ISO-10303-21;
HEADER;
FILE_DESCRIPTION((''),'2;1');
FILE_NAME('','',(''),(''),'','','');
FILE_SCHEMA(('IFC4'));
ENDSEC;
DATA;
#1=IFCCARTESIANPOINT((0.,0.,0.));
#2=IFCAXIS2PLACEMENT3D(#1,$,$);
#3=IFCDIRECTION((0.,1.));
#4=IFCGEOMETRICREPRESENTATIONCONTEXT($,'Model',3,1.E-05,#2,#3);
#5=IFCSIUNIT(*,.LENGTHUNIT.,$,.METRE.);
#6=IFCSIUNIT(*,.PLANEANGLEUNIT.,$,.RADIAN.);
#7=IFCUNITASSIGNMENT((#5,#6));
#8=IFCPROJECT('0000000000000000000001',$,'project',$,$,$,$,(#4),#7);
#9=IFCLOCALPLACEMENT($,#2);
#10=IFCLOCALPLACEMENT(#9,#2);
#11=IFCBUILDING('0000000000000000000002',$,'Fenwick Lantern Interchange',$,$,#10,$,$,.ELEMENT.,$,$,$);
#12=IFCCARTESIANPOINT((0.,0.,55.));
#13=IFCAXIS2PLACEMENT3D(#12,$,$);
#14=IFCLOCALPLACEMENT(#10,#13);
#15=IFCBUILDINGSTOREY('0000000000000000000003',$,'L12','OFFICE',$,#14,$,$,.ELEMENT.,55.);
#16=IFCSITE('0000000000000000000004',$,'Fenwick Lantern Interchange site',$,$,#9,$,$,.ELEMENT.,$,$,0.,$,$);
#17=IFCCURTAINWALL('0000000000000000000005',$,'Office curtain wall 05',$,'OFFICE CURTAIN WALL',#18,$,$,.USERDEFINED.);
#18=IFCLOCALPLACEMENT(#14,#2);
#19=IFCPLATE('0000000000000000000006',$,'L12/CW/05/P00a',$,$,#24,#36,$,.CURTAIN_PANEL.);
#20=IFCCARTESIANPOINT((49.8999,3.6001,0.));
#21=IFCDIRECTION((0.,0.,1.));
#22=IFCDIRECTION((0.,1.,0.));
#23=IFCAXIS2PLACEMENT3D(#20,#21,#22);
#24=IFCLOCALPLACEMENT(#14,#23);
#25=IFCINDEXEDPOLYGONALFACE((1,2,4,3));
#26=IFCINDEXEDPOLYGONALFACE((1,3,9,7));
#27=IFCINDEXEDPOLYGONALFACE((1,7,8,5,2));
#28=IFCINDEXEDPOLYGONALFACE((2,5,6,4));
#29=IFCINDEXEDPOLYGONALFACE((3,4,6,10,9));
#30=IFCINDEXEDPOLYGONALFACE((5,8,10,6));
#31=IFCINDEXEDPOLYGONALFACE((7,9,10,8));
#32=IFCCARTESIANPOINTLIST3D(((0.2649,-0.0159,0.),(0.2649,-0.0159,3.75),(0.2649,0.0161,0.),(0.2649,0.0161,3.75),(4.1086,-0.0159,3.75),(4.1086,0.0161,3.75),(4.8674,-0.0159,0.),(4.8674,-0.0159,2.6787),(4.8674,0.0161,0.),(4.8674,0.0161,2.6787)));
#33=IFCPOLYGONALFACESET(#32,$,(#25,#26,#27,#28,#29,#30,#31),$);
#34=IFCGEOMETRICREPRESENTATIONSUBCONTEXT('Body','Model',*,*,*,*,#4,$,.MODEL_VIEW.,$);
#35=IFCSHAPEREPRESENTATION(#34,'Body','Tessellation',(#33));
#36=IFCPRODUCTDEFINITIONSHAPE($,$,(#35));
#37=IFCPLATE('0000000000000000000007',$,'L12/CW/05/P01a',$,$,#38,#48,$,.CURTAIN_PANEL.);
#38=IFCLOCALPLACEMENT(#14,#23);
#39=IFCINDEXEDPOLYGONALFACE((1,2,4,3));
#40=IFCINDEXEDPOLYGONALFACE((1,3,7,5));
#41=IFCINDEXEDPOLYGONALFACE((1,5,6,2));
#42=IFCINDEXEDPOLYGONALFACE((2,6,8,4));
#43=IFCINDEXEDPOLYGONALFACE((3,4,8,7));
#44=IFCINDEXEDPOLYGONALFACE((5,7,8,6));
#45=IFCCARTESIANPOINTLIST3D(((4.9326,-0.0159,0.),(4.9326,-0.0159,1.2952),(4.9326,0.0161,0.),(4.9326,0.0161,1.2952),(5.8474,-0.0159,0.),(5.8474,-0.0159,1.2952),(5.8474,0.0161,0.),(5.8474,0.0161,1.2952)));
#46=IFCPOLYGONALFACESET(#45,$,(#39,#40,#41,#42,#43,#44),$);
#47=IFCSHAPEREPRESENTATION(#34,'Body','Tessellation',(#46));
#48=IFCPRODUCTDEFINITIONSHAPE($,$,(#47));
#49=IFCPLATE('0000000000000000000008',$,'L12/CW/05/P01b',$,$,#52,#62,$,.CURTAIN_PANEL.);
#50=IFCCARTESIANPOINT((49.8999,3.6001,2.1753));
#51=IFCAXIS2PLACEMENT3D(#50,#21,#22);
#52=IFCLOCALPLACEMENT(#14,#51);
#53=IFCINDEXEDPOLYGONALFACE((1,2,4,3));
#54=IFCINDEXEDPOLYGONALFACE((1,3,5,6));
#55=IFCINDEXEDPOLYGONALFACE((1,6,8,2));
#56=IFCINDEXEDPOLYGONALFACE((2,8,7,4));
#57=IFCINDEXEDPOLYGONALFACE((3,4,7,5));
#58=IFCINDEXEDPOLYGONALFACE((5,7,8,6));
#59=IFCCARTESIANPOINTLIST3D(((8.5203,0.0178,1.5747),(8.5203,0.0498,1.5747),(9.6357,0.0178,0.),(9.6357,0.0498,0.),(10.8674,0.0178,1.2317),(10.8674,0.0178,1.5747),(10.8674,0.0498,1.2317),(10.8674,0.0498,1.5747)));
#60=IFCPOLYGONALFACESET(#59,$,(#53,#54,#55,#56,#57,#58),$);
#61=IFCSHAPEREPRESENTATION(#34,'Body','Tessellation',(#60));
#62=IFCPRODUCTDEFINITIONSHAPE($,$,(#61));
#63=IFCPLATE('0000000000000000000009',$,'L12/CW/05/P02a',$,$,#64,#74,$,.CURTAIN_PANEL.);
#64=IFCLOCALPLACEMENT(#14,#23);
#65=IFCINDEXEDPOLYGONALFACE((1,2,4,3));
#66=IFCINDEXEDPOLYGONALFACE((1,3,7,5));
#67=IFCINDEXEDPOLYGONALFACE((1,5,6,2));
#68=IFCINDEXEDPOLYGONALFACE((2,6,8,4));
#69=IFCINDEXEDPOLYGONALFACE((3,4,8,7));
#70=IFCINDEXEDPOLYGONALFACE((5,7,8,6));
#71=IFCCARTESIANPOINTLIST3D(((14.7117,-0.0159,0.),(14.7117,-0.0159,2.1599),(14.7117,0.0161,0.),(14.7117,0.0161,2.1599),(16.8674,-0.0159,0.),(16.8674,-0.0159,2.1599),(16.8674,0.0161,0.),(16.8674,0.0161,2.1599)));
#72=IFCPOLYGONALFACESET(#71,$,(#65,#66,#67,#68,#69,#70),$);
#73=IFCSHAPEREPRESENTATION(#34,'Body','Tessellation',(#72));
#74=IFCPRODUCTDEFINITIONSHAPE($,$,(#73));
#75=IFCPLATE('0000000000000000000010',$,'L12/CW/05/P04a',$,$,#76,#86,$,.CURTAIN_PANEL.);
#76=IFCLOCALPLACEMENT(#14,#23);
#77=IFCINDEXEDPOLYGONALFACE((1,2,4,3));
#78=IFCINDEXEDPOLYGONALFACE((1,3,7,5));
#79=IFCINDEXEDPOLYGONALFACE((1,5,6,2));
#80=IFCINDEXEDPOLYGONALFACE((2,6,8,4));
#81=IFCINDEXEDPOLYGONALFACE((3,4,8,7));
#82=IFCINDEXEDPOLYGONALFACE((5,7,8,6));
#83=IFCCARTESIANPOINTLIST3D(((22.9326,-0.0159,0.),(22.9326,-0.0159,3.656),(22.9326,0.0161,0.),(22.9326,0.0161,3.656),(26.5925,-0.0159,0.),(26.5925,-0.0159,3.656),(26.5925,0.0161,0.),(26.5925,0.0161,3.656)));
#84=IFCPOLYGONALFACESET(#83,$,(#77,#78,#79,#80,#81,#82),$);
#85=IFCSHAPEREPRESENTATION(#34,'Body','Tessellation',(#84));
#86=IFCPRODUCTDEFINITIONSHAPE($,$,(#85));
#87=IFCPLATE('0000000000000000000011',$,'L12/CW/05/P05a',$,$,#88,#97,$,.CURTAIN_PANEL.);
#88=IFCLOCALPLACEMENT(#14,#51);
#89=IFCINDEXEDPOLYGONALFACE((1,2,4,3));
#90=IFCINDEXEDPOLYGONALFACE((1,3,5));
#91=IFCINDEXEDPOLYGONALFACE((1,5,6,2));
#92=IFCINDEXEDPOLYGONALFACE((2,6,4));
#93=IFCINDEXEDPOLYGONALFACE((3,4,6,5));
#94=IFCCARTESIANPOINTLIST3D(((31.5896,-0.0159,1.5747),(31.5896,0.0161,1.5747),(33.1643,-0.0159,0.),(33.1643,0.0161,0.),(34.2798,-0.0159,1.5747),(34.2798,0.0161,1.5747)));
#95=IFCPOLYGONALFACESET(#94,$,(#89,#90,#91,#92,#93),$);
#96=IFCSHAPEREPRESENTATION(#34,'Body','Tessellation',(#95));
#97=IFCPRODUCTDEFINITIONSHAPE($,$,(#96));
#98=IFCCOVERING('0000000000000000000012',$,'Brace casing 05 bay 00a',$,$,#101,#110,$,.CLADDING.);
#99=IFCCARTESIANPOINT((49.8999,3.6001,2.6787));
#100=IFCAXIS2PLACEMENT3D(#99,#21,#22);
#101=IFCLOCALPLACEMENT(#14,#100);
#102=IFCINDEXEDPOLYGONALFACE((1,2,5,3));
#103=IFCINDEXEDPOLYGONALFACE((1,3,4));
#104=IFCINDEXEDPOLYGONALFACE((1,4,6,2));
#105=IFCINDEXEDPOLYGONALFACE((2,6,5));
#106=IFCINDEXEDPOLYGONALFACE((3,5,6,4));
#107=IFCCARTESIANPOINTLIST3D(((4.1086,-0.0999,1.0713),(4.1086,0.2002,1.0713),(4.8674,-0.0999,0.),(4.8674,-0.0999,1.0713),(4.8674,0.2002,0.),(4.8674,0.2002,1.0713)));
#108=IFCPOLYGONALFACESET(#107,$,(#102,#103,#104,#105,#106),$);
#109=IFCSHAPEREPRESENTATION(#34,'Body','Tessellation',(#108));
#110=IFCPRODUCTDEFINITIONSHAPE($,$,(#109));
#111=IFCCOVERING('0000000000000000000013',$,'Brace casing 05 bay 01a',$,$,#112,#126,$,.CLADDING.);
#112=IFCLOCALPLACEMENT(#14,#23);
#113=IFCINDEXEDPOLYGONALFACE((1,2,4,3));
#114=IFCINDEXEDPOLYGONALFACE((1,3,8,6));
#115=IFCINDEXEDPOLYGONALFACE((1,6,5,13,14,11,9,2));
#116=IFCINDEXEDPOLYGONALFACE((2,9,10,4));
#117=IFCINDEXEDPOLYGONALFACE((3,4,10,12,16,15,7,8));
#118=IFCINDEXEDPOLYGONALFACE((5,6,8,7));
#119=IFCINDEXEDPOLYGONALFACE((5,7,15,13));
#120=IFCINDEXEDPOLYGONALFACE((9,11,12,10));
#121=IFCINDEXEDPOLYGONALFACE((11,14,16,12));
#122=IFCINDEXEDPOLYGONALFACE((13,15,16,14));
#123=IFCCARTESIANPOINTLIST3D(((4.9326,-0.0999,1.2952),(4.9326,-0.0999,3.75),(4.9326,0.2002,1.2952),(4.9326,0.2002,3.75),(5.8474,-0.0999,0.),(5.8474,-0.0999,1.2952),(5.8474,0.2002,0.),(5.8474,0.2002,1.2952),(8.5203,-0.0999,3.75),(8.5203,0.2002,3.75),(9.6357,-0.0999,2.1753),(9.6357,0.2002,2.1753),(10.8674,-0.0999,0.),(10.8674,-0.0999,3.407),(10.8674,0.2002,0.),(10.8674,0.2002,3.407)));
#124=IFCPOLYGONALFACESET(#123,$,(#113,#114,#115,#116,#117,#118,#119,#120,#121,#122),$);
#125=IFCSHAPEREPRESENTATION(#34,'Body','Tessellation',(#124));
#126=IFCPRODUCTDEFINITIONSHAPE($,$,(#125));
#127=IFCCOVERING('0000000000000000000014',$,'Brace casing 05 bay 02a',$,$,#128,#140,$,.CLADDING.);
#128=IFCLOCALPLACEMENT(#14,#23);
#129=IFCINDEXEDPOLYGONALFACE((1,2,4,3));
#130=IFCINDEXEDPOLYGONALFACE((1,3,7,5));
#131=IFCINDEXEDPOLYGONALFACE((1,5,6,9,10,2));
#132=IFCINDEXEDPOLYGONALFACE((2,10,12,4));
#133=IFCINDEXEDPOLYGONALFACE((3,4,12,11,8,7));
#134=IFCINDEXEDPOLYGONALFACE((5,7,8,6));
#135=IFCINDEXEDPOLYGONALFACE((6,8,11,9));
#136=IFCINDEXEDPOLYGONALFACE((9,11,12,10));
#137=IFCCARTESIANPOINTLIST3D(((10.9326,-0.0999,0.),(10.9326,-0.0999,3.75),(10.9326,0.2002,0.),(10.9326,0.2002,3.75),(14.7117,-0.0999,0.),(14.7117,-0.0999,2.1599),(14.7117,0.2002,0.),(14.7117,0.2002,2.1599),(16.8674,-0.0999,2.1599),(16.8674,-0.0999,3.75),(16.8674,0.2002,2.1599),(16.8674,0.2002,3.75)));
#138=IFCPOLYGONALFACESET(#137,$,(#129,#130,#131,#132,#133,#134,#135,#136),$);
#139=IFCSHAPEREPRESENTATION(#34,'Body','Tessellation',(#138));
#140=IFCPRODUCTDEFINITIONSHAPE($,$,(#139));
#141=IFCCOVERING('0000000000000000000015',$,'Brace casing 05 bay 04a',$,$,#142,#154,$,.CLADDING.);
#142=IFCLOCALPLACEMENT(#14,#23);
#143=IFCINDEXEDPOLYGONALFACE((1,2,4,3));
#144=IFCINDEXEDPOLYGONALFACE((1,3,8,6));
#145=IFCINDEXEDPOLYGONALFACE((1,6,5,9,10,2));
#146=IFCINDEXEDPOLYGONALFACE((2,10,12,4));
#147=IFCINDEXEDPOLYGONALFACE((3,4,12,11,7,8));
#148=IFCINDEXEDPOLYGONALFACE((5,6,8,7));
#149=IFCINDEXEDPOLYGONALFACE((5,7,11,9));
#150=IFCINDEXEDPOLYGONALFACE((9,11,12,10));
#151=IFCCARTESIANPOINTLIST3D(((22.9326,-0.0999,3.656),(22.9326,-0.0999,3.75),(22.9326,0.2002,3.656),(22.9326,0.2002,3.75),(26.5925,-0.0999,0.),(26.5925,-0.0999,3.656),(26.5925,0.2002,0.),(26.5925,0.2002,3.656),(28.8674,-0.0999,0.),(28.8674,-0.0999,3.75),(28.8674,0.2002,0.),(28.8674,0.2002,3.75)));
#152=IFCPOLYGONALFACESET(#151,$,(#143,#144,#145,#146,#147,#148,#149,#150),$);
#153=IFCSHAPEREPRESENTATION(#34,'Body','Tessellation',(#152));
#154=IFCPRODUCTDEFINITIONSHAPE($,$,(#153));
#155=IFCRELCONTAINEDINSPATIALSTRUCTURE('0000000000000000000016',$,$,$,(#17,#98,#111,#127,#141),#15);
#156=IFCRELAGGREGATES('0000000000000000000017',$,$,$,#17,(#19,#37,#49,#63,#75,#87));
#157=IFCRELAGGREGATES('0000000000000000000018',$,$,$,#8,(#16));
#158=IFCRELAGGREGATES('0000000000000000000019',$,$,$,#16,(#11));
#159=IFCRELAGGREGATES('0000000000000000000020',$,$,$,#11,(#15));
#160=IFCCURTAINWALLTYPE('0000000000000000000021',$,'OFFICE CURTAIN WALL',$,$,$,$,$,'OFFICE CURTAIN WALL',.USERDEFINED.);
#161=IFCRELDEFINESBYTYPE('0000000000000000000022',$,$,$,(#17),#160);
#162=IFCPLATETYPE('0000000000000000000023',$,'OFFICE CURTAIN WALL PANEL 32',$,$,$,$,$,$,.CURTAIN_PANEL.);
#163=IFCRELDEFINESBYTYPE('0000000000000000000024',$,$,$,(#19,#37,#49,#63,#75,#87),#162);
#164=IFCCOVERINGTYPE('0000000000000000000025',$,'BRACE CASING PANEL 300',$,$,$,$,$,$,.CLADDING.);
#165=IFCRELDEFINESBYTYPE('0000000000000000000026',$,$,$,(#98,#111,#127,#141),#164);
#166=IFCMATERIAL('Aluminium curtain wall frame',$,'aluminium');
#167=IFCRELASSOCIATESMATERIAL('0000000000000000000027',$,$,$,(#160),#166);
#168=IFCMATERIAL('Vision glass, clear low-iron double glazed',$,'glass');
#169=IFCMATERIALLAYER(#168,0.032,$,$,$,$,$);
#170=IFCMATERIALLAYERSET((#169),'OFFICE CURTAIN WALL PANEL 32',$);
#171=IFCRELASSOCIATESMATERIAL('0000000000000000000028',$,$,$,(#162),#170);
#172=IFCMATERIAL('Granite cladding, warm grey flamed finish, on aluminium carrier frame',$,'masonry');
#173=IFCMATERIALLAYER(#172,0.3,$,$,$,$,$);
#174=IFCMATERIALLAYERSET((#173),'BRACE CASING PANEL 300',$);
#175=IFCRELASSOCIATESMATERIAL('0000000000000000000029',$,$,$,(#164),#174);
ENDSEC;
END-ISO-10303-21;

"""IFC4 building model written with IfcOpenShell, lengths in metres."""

from ifc_helpers import new_model, si_unit, direction, frame, origin, place, context, subcontext, project, spatial, polyline, outline, extrude, material, layer, layer_set, type_object, element, aggregate, save


model = new_model("IFC4")

# Units and contexts
model_context = context("Model", 3, precision=1e-05, world=origin(), true_north=direction((0.0, 1.0)))
body_context = subcontext(model_context, "Body", "Model", "MODEL_VIEW")
ifc_project = project(units=[si_unit("LENGTHUNIT", "METRE"), si_unit("PLANEANGLEUNIT", "RADIAN")], contexts=[model_context])

# Site, building, storey
site_placement = place(None, origin())
site = spatial("IfcSite", under=ifc_project, at=site_placement, Name="Fenwick Lantern Interchange site", CompositionType="ELEMENT", RefElevation=0.0)
building_placement = place(site_placement, origin())
building = spatial("IfcBuilding", under=site, at=building_placement, Name="Fenwick Lantern Interchange", CompositionType="ELEMENT")
storey_placement = place(building_placement, frame((0.0, 0.0, 55.0)))
storey = spatial("IfcBuildingStorey", under=building, at=storey_placement, Name="L12", Description="OFFICE", CompositionType="ELEMENT", Elevation=55.0)

# Shared definitions
ifc_material_1 = material(Name="Aluminium curtain wall frame", Category="aluminium")
curtain_wall_type = type_object("IfcCurtainWallType", Name="OFFICE CURTAIN WALL", ElementType="OFFICE CURTAIN WALL", PredefinedType="USERDEFINED", material=ifc_material_1)

# Shared definitions
ifc_material_2 = material(Name="Vision glass, clear low-iron double glazed", Category="glass")
ifc_layer_1 = layer(ifc_material_2, 0.032)
ifc_layer_set_1 = layer_set([ifc_layer_1], Name="OFFICE CURTAIN WALL PANEL 32")
plate_type = type_object("IfcPlateType", Name="OFFICE CURTAIN WALL PANEL 32", PredefinedType="CURTAIN_PANEL", material=ifc_layer_set_1)

# Curtain wall, plates
curtain_wall_1_placement = place(storey_placement, origin())
curtain_wall_1 = element("IfcCurtainWall", 1, at=curtain_wall_1_placement, inside=storey, type_object=curtain_wall_type, Name="Office curtain wall 05", ObjectType="OFFICE CURTAIN WALL", PredefinedType="USERDEFINED")
plate_1_placement = place(storey_placement, frame((49.8999, 3.6001, 0.0), z_axis=(0.0, 0.0, 1.0), x_axis=(0.0, 1.0, 0.0)))
plate_1 = element("IfcPlate", 2, at=plate_1_placement, type_object=plate_type, Name="L12/CW/05/P00a", PredefinedType="CURTAIN_PANEL", context=body_context, shape_type="SweptSolid", body=[
    extrude(outline(polyline([(0.2649, 0.0), (4.8674, 0.0), (4.8674, 2.6787), (4.1086, 3.75), (0.2649, 3.75), (0.2649, 0.0)])), frame((0.0, 0.0161, 0.0), z_axis=(0.0, -1.0, 0.0), x_axis=(1.0, 0.0, 0.0)), (0.0, 0.0, 1.0), 0.032),
])
plate_2_placement = place(storey_placement, frame((49.8999, 3.6001, 0.0), z_axis=(0.0, 0.0, 1.0), x_axis=(0.0, 1.0, 0.0)))
plate_2 = element("IfcPlate", 3, at=plate_2_placement, type_object=plate_type, Name="L12/CW/05/P01a", PredefinedType="CURTAIN_PANEL", context=body_context, shape_type="SweptSolid", body=[
    extrude(outline(polyline([(4.9326, 0.0), (5.8474, 0.0), (5.8474, 1.2952), (4.9326, 1.2952), (4.9326, 0.0)])), frame((0.0, 0.0161, 0.0), z_axis=(0.0, -1.0, 0.0), x_axis=(1.0, 0.0, 0.0)), (0.0, 0.0, 1.0), 0.032),
])
plate_3_placement = place(storey_placement, frame((49.8999, 3.6001, 2.1753), z_axis=(0.0, 0.0, 1.0), x_axis=(0.0, 1.0, 0.0)))
plate_3 = element("IfcPlate", 4, at=plate_3_placement, type_object=plate_type, Name="L12/CW/05/P01b", PredefinedType="CURTAIN_PANEL", context=body_context, shape_type="SweptSolid", body=[
    extrude(outline(polyline([(9.6357, 0.0), (10.8674, 1.2317), (10.8674, 1.5747), (8.5203, 1.5747), (9.6357, 0.0)])), frame((0.0, 0.0498, 0.0), z_axis=(0.0, -1.0, 0.0), x_axis=(1.0, 0.0, 0.0)), (0.0, 0.0, 1.0), 0.032),
])
plate_4_placement = place(storey_placement, frame((49.8999, 3.6001, 0.0), z_axis=(0.0, 0.0, 1.0), x_axis=(0.0, 1.0, 0.0)))
plate_4 = element("IfcPlate", 5, at=plate_4_placement, type_object=plate_type, Name="L12/CW/05/P02a", PredefinedType="CURTAIN_PANEL", context=body_context, shape_type="SweptSolid", body=[
    extrude(outline(polyline([(14.7117, 0.0), (16.8674, 0.0), (16.8674, 2.1599), (14.7117, 2.1599), (14.7117, 0.0)])), frame((0.0, 0.0161, 0.0), z_axis=(0.0, -1.0, 0.0), x_axis=(1.0, 0.0, 0.0)), (0.0, 0.0, 1.0), 0.032),
])
plate_5_placement = place(storey_placement, frame((49.8999, 3.6001, 0.0), z_axis=(0.0, 0.0, 1.0), x_axis=(0.0, 1.0, 0.0)))
plate_5 = element("IfcPlate", 6, at=plate_5_placement, type_object=plate_type, Name="L12/CW/05/P04a", PredefinedType="CURTAIN_PANEL", context=body_context, shape_type="SweptSolid", body=[
    extrude(outline(polyline([(22.9326, 0.0), (26.5925, 0.0), (26.5925, 3.656), (22.9326, 3.656), (22.9326, 0.0)])), frame((0.0, 0.0161, 0.0), z_axis=(0.0, -1.0, 0.0), x_axis=(1.0, 0.0, 0.0)), (0.0, 0.0, 1.0), 0.032),
])
plate_6_placement = place(storey_placement, frame((49.8999, 3.6001, 2.1753), z_axis=(0.0, 0.0, 1.0), x_axis=(0.0, 1.0, 0.0)))
plate_6 = element("IfcPlate", 7, at=plate_6_placement, type_object=plate_type, Name="L12/CW/05/P05a", PredefinedType="CURTAIN_PANEL", context=body_context, shape_type="SweptSolid", body=[
    extrude(outline(polyline([(33.1643, 0.0), (34.2798, 1.5747), (31.5896, 1.5747), (33.1643, 0.0)])), frame((0.0, 0.0161, 0.0), z_axis=(0.0, -1.0, 0.0), x_axis=(1.0, 0.0, 0.0)), (0.0, 0.0, 1.0), 0.032),
])
aggregate(curtain_wall_1, [plate_1, plate_2, plate_3, plate_4, plate_5, plate_6])

# Coverings
ifc_material_3 = material(Name="Granite cladding, warm grey flamed finish, on aluminium carrier frame", Category="masonry")
ifc_layer_2 = layer(ifc_material_3, 0.3)
ifc_layer_set_2 = layer_set([ifc_layer_2], Name="BRACE CASING PANEL 300")
covering_type = type_object("IfcCoveringType", Name="BRACE CASING PANEL 300", PredefinedType="CLADDING", material=ifc_layer_set_2)
covering_1_placement = place(storey_placement, frame((49.8999, 3.6001, 2.6787), z_axis=(0.0, 0.0, 1.0), x_axis=(0.0, 1.0, 0.0)))
element("IfcCovering", 8, at=covering_1_placement, inside=storey, type_object=covering_type, Name="Brace casing 05 bay 00a", PredefinedType="CLADDING", context=body_context, shape_type="SweptSolid", body=[
    extrude(outline(polyline([(4.8674, 0.0), (4.8674, 1.0713), (4.1086, 1.0713), (4.8674, 0.0)])), frame((0.0, 0.2002, 0.0), z_axis=(0.0, -1.0, 0.0), x_axis=(1.0, 0.0, 0.0)), (0.0, 0.0, 1.0), 0.3),
])
covering_2_placement = place(storey_placement, frame((49.8999, 3.6001, 0.0), z_axis=(0.0, 0.0, 1.0), x_axis=(0.0, 1.0, 0.0)))
element("IfcCovering", 9, at=covering_2_placement, inside=storey, type_object=covering_type, Name="Brace casing 05 bay 01a", PredefinedType="CLADDING", context=body_context, shape_type="SweptSolid", body=[
    extrude(outline(polyline([(5.8474, 0.0), (10.8674, 0.0), (10.8674, 3.407), (9.6357, 2.1753), (8.5203, 3.75), (4.9326, 3.75), (4.9326, 1.2952), (5.8474, 1.2952), (5.8474, 0.0)])), frame((0.0, 0.2002, 0.0), z_axis=(0.0, -1.0, 0.0), x_axis=(1.0, 0.0, 0.0)), (0.0, 0.0, 1.0), 0.3),
])
covering_3_placement = place(storey_placement, frame((49.8999, 3.6001, 0.0), z_axis=(0.0, 0.0, 1.0), x_axis=(0.0, 1.0, 0.0)))
element("IfcCovering", 10, at=covering_3_placement, inside=storey, type_object=covering_type, Name="Brace casing 05 bay 02a", PredefinedType="CLADDING", context=body_context, shape_type="SweptSolid", body=[
    extrude(outline(polyline([(10.9326, 0.0), (14.7117, 0.0), (14.7117, 2.1599), (16.8674, 2.1599), (16.8674, 3.75), (10.9326, 3.75), (10.9326, 0.0)])), frame((0.0, 0.2002, 0.0), z_axis=(0.0, -1.0, 0.0), x_axis=(1.0, 0.0, 0.0)), (0.0, 0.0, 1.0), 0.3),
])
covering_4_placement = place(storey_placement, frame((49.8999, 3.6001, 0.0), z_axis=(0.0, 0.0, 1.0), x_axis=(0.0, 1.0, 0.0)))
element("IfcCovering", 11, at=covering_4_placement, inside=storey, type_object=covering_type, Name="Brace casing 05 bay 04a", PredefinedType="CLADDING", context=body_context, shape_type="SweptSolid", body=[
    extrude(outline(polyline([(26.5925, 0.0), (28.8674, 0.0), (28.8674, 3.75), (22.9326, 3.75), (22.9326, 3.656), (26.5925, 3.656), (26.5925, 0.0)])), frame((0.0, 0.2002, 0.0), z_axis=(0.0, -1.0, 0.0), x_axis=(1.0, 0.0, 0.0)), (0.0, 0.0, 1.0), 0.3),
])

save(model, "model.ifc")
